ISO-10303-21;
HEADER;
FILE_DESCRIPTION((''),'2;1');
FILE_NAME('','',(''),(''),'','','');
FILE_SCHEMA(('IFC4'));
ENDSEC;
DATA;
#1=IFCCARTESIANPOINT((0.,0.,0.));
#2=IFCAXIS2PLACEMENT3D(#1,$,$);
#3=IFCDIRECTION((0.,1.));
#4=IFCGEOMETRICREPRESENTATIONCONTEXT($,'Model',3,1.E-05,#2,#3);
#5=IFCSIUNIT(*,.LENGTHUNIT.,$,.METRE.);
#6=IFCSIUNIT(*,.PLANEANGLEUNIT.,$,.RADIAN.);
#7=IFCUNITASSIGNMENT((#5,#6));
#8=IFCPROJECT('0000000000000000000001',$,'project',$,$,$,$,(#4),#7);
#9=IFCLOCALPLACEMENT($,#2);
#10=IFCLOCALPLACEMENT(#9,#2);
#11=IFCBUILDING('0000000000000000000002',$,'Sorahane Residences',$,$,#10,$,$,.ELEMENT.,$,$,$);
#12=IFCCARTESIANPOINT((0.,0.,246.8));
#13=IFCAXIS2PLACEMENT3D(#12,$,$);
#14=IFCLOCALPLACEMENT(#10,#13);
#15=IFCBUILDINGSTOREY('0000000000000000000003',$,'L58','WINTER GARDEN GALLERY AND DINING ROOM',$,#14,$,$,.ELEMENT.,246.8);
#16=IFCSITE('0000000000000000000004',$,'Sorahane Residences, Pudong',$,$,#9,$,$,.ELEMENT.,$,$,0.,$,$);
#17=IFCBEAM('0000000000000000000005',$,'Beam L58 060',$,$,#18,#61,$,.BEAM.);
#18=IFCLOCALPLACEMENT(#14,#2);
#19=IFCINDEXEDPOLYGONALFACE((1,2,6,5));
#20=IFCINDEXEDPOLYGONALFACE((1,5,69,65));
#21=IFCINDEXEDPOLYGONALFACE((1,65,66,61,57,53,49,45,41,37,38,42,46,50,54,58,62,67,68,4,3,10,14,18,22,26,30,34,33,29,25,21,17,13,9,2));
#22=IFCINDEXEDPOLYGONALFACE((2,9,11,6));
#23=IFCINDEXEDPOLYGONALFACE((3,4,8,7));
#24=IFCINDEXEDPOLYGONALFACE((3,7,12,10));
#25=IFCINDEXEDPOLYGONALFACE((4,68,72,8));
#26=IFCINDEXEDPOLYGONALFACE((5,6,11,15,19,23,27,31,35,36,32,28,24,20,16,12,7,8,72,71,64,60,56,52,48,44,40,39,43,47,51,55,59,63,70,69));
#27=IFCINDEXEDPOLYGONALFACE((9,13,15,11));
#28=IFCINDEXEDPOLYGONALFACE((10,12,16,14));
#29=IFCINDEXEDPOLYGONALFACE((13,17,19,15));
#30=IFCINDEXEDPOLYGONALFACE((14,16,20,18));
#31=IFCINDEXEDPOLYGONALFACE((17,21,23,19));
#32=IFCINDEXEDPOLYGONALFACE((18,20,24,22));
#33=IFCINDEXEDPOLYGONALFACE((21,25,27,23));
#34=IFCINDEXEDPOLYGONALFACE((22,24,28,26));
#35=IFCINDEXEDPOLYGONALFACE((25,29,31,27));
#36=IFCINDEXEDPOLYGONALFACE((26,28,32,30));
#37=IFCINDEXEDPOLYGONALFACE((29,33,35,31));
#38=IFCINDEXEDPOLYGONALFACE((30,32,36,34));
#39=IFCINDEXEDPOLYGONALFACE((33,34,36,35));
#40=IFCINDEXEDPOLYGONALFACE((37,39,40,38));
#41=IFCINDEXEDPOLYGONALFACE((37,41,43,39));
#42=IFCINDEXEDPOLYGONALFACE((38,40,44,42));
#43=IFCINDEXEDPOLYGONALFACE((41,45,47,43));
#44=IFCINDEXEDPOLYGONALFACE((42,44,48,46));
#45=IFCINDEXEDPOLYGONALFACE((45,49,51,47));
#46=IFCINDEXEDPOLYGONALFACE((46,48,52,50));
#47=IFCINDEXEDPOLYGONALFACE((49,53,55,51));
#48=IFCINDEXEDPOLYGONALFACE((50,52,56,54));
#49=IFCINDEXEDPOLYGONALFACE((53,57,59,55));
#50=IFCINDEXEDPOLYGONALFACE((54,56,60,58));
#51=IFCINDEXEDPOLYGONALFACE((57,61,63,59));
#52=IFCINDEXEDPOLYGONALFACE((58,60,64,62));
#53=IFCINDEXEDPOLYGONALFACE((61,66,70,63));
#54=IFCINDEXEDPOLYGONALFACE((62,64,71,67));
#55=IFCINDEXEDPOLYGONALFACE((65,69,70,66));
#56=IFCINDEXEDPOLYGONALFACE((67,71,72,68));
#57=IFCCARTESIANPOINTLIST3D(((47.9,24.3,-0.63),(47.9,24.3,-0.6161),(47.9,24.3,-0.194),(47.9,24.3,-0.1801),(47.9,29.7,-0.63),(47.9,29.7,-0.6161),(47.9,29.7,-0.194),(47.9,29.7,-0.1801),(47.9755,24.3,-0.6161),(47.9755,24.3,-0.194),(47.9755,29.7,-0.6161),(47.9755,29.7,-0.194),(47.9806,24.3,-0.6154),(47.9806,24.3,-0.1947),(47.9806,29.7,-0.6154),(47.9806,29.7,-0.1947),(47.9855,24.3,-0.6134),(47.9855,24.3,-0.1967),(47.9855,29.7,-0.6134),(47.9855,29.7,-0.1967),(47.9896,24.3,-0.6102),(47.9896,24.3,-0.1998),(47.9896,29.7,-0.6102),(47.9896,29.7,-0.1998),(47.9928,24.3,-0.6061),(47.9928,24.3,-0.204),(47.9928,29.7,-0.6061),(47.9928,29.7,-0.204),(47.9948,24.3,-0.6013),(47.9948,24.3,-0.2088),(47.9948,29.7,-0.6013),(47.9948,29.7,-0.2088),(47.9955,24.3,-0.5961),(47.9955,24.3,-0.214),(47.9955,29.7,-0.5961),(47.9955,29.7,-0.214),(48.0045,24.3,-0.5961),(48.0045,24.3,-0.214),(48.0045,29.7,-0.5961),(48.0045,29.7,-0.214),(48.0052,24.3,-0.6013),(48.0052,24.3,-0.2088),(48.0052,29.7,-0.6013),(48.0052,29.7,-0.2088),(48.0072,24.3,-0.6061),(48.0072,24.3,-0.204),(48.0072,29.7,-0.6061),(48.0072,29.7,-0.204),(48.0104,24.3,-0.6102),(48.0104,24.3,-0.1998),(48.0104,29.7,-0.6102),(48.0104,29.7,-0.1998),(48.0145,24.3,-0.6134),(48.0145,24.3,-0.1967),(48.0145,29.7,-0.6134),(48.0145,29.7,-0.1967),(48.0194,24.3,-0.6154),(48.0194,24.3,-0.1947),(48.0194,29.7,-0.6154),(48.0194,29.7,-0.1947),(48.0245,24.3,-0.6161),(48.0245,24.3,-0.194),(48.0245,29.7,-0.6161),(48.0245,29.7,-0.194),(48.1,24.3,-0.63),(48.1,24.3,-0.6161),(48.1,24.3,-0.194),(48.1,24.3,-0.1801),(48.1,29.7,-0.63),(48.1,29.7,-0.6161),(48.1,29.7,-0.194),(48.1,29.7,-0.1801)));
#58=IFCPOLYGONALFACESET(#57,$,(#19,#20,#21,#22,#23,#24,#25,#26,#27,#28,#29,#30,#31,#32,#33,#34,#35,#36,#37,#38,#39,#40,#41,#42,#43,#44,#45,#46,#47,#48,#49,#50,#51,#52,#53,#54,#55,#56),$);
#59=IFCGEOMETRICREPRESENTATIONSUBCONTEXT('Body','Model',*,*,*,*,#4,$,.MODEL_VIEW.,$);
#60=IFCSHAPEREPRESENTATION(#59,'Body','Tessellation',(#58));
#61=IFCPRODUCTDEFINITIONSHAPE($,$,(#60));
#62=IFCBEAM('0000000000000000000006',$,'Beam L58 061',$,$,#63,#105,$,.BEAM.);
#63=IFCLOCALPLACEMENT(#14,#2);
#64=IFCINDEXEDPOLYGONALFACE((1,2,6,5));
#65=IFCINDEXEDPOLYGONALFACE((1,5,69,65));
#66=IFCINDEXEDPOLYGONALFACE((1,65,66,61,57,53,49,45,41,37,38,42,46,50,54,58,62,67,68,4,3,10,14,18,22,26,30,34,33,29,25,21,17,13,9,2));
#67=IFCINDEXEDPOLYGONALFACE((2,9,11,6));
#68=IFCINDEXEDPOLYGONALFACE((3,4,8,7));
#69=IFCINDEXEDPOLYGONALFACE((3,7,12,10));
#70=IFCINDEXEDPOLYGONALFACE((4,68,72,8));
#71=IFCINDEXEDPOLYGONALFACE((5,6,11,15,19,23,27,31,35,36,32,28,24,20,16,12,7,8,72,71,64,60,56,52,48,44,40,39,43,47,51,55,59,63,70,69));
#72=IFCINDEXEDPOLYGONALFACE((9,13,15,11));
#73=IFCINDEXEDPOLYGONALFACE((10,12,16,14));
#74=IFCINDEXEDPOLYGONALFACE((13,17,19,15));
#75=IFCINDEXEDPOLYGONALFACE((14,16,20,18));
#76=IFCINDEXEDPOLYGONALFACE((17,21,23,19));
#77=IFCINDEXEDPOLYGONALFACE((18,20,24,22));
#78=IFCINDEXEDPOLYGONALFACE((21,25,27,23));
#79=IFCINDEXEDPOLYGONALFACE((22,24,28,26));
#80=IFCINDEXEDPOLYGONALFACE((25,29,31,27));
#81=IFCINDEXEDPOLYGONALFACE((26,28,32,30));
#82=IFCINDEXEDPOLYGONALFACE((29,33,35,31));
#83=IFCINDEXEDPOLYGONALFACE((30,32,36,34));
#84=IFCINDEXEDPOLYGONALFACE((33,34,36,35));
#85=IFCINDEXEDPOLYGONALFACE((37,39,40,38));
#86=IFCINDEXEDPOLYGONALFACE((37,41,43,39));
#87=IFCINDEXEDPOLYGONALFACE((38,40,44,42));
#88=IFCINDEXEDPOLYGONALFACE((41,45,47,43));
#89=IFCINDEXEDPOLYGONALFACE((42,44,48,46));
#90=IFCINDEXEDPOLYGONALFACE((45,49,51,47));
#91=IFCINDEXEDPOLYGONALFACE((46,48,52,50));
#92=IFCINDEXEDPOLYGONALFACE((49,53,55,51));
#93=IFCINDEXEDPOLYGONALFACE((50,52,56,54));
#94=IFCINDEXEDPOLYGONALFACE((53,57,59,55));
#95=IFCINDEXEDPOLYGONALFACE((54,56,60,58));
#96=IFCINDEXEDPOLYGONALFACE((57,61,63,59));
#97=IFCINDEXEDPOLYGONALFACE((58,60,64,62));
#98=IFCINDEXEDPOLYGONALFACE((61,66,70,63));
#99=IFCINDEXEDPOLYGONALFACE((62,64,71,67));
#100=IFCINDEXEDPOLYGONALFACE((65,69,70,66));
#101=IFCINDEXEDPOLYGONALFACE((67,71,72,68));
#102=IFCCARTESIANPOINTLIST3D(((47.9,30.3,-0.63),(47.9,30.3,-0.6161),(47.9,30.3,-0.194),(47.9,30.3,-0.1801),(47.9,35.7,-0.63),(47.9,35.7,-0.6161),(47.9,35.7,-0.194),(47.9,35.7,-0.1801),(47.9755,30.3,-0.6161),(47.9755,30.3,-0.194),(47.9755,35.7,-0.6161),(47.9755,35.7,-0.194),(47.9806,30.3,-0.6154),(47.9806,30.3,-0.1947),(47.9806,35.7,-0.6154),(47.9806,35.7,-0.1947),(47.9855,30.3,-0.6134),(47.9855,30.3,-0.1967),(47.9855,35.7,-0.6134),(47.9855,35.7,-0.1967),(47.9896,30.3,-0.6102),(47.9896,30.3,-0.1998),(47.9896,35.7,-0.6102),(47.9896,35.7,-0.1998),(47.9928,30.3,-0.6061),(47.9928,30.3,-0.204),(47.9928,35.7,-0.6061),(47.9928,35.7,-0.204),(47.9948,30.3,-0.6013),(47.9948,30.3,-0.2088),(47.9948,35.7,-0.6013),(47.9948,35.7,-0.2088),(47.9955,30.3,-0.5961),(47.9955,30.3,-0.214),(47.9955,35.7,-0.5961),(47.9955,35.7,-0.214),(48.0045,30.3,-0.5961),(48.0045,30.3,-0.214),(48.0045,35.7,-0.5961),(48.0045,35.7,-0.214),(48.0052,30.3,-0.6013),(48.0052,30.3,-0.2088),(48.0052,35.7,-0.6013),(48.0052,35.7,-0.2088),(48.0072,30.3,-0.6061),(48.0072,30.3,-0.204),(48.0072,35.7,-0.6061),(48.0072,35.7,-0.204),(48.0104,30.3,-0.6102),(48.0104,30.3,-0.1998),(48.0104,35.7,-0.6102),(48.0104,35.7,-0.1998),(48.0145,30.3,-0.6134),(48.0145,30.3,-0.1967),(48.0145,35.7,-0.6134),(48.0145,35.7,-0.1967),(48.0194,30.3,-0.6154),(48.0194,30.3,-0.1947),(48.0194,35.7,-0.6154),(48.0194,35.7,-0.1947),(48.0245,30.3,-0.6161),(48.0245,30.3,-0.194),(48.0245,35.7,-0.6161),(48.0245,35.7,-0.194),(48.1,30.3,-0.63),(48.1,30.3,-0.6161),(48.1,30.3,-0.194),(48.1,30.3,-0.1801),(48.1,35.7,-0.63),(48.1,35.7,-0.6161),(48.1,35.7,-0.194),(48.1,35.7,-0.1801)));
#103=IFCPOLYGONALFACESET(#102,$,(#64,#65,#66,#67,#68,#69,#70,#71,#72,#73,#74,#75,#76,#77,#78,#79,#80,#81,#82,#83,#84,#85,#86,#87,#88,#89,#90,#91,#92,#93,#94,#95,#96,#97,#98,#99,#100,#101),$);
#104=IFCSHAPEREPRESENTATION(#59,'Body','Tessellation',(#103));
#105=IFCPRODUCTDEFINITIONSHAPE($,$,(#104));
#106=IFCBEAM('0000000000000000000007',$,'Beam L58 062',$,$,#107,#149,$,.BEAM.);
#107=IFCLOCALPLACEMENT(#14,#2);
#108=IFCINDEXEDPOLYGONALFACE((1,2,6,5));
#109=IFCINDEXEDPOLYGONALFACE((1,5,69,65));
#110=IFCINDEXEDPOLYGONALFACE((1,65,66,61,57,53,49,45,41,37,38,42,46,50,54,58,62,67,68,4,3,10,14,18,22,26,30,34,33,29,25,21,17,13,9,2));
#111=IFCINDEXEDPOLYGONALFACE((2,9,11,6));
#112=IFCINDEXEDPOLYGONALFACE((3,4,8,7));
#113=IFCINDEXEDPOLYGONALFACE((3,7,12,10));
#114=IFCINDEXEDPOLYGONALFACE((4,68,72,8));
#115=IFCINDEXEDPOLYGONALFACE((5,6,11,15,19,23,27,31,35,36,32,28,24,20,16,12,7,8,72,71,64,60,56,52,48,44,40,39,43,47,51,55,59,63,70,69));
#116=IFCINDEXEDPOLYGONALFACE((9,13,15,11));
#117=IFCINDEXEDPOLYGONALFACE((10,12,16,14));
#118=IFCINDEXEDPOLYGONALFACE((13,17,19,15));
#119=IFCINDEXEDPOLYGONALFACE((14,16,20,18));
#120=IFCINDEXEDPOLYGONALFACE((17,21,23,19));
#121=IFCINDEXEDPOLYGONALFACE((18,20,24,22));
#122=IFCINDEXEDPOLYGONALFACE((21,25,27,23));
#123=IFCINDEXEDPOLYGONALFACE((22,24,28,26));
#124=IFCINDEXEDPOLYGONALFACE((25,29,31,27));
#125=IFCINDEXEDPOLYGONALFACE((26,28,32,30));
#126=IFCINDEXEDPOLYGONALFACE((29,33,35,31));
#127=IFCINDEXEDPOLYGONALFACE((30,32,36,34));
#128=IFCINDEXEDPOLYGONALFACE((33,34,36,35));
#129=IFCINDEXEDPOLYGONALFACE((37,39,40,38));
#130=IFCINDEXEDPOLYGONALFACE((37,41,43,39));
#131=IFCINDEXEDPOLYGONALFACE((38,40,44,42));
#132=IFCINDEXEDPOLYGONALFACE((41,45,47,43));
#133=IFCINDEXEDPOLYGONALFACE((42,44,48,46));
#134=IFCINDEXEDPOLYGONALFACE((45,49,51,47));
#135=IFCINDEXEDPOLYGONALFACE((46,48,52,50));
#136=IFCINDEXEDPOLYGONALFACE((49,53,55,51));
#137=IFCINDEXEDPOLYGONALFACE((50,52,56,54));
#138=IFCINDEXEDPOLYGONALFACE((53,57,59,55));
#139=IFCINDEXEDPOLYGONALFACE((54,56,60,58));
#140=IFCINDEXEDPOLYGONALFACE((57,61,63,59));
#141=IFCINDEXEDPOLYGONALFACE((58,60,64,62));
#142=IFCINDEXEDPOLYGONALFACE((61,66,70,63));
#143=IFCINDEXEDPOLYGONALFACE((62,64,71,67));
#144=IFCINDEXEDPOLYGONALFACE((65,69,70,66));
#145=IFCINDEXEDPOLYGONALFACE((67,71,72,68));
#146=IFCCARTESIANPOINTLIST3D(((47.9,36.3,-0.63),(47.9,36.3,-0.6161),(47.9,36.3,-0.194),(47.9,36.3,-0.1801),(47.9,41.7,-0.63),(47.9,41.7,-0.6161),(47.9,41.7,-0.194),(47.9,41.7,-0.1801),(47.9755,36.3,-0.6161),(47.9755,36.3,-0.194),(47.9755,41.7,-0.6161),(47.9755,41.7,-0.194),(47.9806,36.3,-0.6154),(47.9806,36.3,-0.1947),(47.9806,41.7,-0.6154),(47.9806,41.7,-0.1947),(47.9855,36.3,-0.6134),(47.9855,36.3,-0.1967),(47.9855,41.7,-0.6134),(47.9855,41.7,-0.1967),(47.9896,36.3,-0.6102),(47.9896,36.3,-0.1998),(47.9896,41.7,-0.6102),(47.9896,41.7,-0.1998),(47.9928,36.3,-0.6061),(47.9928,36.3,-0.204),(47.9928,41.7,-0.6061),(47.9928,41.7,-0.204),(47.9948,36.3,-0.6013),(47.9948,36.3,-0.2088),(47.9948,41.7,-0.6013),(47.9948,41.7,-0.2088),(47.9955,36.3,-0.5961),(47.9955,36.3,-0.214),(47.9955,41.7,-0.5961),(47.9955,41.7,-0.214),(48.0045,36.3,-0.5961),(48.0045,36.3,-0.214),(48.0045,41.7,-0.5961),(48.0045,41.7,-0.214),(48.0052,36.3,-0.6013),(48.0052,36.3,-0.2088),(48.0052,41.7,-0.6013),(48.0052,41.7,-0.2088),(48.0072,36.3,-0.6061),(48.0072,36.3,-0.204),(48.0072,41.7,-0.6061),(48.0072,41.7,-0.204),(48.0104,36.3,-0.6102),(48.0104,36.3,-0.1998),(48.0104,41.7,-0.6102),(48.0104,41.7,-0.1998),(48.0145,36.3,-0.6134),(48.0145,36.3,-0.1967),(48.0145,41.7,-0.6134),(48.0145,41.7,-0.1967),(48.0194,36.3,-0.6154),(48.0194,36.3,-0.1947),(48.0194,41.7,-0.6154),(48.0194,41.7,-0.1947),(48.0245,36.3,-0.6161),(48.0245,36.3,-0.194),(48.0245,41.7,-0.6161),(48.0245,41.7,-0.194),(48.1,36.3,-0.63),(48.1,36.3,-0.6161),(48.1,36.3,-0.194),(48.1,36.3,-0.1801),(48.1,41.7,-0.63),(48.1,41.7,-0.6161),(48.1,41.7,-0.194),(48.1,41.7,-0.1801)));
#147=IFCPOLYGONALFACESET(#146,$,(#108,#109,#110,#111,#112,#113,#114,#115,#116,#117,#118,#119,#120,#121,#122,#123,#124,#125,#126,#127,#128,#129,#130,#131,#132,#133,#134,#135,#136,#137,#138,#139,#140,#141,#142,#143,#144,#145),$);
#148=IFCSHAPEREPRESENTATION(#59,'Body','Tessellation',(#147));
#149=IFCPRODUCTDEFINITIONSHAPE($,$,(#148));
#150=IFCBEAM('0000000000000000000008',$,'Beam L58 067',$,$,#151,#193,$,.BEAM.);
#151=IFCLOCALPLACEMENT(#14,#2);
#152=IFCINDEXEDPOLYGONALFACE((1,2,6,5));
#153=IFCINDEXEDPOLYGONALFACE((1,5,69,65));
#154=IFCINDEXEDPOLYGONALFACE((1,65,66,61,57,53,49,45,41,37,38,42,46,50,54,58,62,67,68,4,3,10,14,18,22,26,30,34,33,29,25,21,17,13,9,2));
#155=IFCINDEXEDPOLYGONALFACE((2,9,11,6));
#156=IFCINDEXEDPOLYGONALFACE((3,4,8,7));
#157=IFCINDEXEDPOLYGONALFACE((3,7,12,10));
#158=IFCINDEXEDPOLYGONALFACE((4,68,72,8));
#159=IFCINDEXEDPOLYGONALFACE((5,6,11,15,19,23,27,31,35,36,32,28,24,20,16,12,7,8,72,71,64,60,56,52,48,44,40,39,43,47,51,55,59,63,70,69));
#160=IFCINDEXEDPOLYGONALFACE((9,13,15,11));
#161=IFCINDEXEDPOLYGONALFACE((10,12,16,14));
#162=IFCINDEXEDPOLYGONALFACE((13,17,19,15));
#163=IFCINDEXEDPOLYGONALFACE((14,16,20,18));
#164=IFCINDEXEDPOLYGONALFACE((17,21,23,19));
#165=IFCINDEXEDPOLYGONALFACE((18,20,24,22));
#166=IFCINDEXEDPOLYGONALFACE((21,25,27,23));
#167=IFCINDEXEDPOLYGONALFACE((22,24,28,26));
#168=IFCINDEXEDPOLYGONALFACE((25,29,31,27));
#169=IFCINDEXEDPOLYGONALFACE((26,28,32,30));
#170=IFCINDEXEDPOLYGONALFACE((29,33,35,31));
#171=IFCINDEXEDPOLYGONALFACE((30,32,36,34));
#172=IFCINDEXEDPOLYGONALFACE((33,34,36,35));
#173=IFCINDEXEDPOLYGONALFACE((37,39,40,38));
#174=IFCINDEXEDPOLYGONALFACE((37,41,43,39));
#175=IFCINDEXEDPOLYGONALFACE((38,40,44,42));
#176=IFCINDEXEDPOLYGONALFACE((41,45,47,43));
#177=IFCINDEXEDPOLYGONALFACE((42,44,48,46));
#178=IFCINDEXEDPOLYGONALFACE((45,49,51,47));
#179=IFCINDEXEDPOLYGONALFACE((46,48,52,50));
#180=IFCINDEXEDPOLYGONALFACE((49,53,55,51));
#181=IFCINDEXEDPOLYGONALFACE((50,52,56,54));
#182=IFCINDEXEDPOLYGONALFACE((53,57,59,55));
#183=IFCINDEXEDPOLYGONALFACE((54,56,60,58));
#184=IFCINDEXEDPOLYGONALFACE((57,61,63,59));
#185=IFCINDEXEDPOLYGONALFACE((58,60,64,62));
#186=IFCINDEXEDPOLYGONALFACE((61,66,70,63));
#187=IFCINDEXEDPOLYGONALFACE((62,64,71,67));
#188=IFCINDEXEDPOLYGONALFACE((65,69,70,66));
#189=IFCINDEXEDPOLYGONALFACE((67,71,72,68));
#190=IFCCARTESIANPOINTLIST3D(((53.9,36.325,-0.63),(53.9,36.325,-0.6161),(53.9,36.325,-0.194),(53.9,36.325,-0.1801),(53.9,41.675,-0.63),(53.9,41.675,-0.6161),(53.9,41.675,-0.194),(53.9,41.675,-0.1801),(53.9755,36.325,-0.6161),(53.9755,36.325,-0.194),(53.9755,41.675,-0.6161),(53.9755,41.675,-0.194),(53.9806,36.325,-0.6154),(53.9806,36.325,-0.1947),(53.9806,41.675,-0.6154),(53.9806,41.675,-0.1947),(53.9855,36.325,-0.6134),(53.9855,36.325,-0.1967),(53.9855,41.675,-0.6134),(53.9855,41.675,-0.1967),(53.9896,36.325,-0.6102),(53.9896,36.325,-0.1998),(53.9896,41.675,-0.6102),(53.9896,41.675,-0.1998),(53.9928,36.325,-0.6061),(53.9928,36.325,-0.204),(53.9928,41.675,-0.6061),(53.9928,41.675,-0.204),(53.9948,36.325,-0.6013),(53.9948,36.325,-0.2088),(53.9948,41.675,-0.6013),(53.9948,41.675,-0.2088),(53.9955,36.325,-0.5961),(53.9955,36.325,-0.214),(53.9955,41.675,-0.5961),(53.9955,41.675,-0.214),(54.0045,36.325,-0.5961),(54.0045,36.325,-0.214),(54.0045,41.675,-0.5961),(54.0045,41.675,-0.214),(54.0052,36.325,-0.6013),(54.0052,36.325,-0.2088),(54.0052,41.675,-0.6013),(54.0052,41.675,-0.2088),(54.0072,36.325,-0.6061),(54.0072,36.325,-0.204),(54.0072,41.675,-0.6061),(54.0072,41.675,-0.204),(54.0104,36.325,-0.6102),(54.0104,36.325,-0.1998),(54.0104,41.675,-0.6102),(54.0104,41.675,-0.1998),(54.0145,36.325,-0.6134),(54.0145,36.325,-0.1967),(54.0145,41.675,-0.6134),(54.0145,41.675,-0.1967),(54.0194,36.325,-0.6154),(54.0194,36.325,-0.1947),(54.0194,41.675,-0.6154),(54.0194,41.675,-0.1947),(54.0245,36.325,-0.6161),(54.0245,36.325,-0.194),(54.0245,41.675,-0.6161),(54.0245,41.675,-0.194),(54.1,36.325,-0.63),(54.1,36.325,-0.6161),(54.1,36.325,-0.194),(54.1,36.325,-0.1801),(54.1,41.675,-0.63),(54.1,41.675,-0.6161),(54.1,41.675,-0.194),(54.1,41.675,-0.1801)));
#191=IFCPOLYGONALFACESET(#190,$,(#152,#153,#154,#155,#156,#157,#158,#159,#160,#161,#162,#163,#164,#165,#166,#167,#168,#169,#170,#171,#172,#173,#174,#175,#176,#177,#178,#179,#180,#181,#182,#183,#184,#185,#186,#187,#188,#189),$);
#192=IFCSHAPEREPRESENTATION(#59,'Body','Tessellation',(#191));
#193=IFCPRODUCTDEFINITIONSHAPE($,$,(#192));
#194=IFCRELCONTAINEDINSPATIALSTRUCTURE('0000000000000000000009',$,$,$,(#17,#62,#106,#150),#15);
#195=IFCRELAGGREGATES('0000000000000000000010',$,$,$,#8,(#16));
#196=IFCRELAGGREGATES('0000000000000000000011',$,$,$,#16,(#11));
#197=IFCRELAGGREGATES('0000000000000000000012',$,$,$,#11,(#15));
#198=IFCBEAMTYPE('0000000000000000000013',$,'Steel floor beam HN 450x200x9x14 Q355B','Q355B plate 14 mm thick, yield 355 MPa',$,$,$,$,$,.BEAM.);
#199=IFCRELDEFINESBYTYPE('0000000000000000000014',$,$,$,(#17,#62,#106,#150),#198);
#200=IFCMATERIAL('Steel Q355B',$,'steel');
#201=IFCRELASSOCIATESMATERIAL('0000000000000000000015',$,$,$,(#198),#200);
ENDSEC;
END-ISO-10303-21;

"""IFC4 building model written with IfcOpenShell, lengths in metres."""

from ifc_helpers import new_model, si_unit, direction, frame, origin, origin_2d, place, context, subcontext, project, spatial, i_section, extrude, material, material_profile, profile_set, type_object, element, save


model = new_model("IFC4")

# Units and contexts
model_context = context("Model", 3, precision=1e-05, world=origin(), true_north=direction((0.0, 1.0)))
body_context = subcontext(model_context, "Body", "Model", "MODEL_VIEW")
ifc_project = project(units=[si_unit("LENGTHUNIT", "METRE"), si_unit("PLANEANGLEUNIT", "RADIAN")], contexts=[model_context])

# Site, building, storey
site_placement = place(None, origin())
site = spatial("IfcSite", under=ifc_project, at=site_placement, Name="Sorahane Residences, Pudong", CompositionType="ELEMENT", RefElevation=0.0)
building_placement = place(site_placement, origin())
building = spatial("IfcBuilding", under=site, at=building_placement, Name="Sorahane Residences", CompositionType="ELEMENT")
storey_placement = place(building_placement, frame((0.0, 0.0, 246.8)))
storey = spatial("IfcBuildingStorey", under=building, at=storey_placement, Name="L58", Description="WINTER GARDEN GALLERY AND DINING ROOM", CompositionType="ELEMENT", Elevation=246.8)

# Beams
ifc_material_1 = material(Name="Steel Q355B", Category="steel")
ifc_material_profile_1 = material_profile(ifc_material_1, i_section(OverallWidth=0.2, OverallDepth=0.45, WebThickness=0.009, FlangeThickness=0.0139, FilletRadius=0.02, at=origin_2d()), Name="HN 450x200x9x14")
ifc_profile_set_1 = profile_set([ifc_material_profile_1], Name="Steel Q355B")
beam_type_1 = type_object("IfcBeamType", Name="Steel floor beam HN 450x200x9x14 Q355B", Description="Q355B plate 14 mm thick, yield 355 MPa", PredefinedType="BEAM", material=ifc_profile_set_1)
for number, where, z_axis, x_axis, name in (
    (1, (48.0, 24.3, -0.405), (0.0, 1.0, 0.0), (-1.0, 0.0, 0.0), "Beam L58 060"),
    (2, (48.0, 30.3, -0.405), (0.0, 1.0, 0.0), (-1.0, 0.0, 0.0), "Beam L58 061"),
    (3, (48.0, 36.3, -0.405), (0.0, 1.0, 0.0), (-1.0, 0.0, 0.0), "Beam L58 062"),
):
    element("IfcBeam", number, at=place(storey_placement, frame(where, z_axis=z_axis, x_axis=x_axis)), inside=storey, type_object=beam_type_1, Name=name, PredefinedType="BEAM", context=body_context, shape_type="SweptSolid", body=[
        extrude(i_section(OverallWidth=0.2, OverallDepth=0.45, WebThickness=0.009, FlangeThickness=0.0139, FilletRadius=0.02, at=origin_2d()), origin(), (0.0, 0.0, 1.0), 5.3999),
    ])
beam_1_placement = place(storey_placement, frame((54.0, 36.325, -0.405), z_axis=(0.0, 1.0, 0.0), x_axis=(-1.0, 0.0, 0.0)))
element("IfcBeam", 4, at=beam_1_placement, inside=storey, type_object=beam_type_1, Name="Beam L58 067", PredefinedType="BEAM", context=body_context, shape_type="SweptSolid", body=[
    extrude(i_section(OverallWidth=0.2, OverallDepth=0.45, WebThickness=0.009, FlangeThickness=0.0139, FilletRadius=0.02, at=origin_2d()), origin(), (0.0, 0.0, 1.0), 5.3501),
])

save(model, "model.ifc")
